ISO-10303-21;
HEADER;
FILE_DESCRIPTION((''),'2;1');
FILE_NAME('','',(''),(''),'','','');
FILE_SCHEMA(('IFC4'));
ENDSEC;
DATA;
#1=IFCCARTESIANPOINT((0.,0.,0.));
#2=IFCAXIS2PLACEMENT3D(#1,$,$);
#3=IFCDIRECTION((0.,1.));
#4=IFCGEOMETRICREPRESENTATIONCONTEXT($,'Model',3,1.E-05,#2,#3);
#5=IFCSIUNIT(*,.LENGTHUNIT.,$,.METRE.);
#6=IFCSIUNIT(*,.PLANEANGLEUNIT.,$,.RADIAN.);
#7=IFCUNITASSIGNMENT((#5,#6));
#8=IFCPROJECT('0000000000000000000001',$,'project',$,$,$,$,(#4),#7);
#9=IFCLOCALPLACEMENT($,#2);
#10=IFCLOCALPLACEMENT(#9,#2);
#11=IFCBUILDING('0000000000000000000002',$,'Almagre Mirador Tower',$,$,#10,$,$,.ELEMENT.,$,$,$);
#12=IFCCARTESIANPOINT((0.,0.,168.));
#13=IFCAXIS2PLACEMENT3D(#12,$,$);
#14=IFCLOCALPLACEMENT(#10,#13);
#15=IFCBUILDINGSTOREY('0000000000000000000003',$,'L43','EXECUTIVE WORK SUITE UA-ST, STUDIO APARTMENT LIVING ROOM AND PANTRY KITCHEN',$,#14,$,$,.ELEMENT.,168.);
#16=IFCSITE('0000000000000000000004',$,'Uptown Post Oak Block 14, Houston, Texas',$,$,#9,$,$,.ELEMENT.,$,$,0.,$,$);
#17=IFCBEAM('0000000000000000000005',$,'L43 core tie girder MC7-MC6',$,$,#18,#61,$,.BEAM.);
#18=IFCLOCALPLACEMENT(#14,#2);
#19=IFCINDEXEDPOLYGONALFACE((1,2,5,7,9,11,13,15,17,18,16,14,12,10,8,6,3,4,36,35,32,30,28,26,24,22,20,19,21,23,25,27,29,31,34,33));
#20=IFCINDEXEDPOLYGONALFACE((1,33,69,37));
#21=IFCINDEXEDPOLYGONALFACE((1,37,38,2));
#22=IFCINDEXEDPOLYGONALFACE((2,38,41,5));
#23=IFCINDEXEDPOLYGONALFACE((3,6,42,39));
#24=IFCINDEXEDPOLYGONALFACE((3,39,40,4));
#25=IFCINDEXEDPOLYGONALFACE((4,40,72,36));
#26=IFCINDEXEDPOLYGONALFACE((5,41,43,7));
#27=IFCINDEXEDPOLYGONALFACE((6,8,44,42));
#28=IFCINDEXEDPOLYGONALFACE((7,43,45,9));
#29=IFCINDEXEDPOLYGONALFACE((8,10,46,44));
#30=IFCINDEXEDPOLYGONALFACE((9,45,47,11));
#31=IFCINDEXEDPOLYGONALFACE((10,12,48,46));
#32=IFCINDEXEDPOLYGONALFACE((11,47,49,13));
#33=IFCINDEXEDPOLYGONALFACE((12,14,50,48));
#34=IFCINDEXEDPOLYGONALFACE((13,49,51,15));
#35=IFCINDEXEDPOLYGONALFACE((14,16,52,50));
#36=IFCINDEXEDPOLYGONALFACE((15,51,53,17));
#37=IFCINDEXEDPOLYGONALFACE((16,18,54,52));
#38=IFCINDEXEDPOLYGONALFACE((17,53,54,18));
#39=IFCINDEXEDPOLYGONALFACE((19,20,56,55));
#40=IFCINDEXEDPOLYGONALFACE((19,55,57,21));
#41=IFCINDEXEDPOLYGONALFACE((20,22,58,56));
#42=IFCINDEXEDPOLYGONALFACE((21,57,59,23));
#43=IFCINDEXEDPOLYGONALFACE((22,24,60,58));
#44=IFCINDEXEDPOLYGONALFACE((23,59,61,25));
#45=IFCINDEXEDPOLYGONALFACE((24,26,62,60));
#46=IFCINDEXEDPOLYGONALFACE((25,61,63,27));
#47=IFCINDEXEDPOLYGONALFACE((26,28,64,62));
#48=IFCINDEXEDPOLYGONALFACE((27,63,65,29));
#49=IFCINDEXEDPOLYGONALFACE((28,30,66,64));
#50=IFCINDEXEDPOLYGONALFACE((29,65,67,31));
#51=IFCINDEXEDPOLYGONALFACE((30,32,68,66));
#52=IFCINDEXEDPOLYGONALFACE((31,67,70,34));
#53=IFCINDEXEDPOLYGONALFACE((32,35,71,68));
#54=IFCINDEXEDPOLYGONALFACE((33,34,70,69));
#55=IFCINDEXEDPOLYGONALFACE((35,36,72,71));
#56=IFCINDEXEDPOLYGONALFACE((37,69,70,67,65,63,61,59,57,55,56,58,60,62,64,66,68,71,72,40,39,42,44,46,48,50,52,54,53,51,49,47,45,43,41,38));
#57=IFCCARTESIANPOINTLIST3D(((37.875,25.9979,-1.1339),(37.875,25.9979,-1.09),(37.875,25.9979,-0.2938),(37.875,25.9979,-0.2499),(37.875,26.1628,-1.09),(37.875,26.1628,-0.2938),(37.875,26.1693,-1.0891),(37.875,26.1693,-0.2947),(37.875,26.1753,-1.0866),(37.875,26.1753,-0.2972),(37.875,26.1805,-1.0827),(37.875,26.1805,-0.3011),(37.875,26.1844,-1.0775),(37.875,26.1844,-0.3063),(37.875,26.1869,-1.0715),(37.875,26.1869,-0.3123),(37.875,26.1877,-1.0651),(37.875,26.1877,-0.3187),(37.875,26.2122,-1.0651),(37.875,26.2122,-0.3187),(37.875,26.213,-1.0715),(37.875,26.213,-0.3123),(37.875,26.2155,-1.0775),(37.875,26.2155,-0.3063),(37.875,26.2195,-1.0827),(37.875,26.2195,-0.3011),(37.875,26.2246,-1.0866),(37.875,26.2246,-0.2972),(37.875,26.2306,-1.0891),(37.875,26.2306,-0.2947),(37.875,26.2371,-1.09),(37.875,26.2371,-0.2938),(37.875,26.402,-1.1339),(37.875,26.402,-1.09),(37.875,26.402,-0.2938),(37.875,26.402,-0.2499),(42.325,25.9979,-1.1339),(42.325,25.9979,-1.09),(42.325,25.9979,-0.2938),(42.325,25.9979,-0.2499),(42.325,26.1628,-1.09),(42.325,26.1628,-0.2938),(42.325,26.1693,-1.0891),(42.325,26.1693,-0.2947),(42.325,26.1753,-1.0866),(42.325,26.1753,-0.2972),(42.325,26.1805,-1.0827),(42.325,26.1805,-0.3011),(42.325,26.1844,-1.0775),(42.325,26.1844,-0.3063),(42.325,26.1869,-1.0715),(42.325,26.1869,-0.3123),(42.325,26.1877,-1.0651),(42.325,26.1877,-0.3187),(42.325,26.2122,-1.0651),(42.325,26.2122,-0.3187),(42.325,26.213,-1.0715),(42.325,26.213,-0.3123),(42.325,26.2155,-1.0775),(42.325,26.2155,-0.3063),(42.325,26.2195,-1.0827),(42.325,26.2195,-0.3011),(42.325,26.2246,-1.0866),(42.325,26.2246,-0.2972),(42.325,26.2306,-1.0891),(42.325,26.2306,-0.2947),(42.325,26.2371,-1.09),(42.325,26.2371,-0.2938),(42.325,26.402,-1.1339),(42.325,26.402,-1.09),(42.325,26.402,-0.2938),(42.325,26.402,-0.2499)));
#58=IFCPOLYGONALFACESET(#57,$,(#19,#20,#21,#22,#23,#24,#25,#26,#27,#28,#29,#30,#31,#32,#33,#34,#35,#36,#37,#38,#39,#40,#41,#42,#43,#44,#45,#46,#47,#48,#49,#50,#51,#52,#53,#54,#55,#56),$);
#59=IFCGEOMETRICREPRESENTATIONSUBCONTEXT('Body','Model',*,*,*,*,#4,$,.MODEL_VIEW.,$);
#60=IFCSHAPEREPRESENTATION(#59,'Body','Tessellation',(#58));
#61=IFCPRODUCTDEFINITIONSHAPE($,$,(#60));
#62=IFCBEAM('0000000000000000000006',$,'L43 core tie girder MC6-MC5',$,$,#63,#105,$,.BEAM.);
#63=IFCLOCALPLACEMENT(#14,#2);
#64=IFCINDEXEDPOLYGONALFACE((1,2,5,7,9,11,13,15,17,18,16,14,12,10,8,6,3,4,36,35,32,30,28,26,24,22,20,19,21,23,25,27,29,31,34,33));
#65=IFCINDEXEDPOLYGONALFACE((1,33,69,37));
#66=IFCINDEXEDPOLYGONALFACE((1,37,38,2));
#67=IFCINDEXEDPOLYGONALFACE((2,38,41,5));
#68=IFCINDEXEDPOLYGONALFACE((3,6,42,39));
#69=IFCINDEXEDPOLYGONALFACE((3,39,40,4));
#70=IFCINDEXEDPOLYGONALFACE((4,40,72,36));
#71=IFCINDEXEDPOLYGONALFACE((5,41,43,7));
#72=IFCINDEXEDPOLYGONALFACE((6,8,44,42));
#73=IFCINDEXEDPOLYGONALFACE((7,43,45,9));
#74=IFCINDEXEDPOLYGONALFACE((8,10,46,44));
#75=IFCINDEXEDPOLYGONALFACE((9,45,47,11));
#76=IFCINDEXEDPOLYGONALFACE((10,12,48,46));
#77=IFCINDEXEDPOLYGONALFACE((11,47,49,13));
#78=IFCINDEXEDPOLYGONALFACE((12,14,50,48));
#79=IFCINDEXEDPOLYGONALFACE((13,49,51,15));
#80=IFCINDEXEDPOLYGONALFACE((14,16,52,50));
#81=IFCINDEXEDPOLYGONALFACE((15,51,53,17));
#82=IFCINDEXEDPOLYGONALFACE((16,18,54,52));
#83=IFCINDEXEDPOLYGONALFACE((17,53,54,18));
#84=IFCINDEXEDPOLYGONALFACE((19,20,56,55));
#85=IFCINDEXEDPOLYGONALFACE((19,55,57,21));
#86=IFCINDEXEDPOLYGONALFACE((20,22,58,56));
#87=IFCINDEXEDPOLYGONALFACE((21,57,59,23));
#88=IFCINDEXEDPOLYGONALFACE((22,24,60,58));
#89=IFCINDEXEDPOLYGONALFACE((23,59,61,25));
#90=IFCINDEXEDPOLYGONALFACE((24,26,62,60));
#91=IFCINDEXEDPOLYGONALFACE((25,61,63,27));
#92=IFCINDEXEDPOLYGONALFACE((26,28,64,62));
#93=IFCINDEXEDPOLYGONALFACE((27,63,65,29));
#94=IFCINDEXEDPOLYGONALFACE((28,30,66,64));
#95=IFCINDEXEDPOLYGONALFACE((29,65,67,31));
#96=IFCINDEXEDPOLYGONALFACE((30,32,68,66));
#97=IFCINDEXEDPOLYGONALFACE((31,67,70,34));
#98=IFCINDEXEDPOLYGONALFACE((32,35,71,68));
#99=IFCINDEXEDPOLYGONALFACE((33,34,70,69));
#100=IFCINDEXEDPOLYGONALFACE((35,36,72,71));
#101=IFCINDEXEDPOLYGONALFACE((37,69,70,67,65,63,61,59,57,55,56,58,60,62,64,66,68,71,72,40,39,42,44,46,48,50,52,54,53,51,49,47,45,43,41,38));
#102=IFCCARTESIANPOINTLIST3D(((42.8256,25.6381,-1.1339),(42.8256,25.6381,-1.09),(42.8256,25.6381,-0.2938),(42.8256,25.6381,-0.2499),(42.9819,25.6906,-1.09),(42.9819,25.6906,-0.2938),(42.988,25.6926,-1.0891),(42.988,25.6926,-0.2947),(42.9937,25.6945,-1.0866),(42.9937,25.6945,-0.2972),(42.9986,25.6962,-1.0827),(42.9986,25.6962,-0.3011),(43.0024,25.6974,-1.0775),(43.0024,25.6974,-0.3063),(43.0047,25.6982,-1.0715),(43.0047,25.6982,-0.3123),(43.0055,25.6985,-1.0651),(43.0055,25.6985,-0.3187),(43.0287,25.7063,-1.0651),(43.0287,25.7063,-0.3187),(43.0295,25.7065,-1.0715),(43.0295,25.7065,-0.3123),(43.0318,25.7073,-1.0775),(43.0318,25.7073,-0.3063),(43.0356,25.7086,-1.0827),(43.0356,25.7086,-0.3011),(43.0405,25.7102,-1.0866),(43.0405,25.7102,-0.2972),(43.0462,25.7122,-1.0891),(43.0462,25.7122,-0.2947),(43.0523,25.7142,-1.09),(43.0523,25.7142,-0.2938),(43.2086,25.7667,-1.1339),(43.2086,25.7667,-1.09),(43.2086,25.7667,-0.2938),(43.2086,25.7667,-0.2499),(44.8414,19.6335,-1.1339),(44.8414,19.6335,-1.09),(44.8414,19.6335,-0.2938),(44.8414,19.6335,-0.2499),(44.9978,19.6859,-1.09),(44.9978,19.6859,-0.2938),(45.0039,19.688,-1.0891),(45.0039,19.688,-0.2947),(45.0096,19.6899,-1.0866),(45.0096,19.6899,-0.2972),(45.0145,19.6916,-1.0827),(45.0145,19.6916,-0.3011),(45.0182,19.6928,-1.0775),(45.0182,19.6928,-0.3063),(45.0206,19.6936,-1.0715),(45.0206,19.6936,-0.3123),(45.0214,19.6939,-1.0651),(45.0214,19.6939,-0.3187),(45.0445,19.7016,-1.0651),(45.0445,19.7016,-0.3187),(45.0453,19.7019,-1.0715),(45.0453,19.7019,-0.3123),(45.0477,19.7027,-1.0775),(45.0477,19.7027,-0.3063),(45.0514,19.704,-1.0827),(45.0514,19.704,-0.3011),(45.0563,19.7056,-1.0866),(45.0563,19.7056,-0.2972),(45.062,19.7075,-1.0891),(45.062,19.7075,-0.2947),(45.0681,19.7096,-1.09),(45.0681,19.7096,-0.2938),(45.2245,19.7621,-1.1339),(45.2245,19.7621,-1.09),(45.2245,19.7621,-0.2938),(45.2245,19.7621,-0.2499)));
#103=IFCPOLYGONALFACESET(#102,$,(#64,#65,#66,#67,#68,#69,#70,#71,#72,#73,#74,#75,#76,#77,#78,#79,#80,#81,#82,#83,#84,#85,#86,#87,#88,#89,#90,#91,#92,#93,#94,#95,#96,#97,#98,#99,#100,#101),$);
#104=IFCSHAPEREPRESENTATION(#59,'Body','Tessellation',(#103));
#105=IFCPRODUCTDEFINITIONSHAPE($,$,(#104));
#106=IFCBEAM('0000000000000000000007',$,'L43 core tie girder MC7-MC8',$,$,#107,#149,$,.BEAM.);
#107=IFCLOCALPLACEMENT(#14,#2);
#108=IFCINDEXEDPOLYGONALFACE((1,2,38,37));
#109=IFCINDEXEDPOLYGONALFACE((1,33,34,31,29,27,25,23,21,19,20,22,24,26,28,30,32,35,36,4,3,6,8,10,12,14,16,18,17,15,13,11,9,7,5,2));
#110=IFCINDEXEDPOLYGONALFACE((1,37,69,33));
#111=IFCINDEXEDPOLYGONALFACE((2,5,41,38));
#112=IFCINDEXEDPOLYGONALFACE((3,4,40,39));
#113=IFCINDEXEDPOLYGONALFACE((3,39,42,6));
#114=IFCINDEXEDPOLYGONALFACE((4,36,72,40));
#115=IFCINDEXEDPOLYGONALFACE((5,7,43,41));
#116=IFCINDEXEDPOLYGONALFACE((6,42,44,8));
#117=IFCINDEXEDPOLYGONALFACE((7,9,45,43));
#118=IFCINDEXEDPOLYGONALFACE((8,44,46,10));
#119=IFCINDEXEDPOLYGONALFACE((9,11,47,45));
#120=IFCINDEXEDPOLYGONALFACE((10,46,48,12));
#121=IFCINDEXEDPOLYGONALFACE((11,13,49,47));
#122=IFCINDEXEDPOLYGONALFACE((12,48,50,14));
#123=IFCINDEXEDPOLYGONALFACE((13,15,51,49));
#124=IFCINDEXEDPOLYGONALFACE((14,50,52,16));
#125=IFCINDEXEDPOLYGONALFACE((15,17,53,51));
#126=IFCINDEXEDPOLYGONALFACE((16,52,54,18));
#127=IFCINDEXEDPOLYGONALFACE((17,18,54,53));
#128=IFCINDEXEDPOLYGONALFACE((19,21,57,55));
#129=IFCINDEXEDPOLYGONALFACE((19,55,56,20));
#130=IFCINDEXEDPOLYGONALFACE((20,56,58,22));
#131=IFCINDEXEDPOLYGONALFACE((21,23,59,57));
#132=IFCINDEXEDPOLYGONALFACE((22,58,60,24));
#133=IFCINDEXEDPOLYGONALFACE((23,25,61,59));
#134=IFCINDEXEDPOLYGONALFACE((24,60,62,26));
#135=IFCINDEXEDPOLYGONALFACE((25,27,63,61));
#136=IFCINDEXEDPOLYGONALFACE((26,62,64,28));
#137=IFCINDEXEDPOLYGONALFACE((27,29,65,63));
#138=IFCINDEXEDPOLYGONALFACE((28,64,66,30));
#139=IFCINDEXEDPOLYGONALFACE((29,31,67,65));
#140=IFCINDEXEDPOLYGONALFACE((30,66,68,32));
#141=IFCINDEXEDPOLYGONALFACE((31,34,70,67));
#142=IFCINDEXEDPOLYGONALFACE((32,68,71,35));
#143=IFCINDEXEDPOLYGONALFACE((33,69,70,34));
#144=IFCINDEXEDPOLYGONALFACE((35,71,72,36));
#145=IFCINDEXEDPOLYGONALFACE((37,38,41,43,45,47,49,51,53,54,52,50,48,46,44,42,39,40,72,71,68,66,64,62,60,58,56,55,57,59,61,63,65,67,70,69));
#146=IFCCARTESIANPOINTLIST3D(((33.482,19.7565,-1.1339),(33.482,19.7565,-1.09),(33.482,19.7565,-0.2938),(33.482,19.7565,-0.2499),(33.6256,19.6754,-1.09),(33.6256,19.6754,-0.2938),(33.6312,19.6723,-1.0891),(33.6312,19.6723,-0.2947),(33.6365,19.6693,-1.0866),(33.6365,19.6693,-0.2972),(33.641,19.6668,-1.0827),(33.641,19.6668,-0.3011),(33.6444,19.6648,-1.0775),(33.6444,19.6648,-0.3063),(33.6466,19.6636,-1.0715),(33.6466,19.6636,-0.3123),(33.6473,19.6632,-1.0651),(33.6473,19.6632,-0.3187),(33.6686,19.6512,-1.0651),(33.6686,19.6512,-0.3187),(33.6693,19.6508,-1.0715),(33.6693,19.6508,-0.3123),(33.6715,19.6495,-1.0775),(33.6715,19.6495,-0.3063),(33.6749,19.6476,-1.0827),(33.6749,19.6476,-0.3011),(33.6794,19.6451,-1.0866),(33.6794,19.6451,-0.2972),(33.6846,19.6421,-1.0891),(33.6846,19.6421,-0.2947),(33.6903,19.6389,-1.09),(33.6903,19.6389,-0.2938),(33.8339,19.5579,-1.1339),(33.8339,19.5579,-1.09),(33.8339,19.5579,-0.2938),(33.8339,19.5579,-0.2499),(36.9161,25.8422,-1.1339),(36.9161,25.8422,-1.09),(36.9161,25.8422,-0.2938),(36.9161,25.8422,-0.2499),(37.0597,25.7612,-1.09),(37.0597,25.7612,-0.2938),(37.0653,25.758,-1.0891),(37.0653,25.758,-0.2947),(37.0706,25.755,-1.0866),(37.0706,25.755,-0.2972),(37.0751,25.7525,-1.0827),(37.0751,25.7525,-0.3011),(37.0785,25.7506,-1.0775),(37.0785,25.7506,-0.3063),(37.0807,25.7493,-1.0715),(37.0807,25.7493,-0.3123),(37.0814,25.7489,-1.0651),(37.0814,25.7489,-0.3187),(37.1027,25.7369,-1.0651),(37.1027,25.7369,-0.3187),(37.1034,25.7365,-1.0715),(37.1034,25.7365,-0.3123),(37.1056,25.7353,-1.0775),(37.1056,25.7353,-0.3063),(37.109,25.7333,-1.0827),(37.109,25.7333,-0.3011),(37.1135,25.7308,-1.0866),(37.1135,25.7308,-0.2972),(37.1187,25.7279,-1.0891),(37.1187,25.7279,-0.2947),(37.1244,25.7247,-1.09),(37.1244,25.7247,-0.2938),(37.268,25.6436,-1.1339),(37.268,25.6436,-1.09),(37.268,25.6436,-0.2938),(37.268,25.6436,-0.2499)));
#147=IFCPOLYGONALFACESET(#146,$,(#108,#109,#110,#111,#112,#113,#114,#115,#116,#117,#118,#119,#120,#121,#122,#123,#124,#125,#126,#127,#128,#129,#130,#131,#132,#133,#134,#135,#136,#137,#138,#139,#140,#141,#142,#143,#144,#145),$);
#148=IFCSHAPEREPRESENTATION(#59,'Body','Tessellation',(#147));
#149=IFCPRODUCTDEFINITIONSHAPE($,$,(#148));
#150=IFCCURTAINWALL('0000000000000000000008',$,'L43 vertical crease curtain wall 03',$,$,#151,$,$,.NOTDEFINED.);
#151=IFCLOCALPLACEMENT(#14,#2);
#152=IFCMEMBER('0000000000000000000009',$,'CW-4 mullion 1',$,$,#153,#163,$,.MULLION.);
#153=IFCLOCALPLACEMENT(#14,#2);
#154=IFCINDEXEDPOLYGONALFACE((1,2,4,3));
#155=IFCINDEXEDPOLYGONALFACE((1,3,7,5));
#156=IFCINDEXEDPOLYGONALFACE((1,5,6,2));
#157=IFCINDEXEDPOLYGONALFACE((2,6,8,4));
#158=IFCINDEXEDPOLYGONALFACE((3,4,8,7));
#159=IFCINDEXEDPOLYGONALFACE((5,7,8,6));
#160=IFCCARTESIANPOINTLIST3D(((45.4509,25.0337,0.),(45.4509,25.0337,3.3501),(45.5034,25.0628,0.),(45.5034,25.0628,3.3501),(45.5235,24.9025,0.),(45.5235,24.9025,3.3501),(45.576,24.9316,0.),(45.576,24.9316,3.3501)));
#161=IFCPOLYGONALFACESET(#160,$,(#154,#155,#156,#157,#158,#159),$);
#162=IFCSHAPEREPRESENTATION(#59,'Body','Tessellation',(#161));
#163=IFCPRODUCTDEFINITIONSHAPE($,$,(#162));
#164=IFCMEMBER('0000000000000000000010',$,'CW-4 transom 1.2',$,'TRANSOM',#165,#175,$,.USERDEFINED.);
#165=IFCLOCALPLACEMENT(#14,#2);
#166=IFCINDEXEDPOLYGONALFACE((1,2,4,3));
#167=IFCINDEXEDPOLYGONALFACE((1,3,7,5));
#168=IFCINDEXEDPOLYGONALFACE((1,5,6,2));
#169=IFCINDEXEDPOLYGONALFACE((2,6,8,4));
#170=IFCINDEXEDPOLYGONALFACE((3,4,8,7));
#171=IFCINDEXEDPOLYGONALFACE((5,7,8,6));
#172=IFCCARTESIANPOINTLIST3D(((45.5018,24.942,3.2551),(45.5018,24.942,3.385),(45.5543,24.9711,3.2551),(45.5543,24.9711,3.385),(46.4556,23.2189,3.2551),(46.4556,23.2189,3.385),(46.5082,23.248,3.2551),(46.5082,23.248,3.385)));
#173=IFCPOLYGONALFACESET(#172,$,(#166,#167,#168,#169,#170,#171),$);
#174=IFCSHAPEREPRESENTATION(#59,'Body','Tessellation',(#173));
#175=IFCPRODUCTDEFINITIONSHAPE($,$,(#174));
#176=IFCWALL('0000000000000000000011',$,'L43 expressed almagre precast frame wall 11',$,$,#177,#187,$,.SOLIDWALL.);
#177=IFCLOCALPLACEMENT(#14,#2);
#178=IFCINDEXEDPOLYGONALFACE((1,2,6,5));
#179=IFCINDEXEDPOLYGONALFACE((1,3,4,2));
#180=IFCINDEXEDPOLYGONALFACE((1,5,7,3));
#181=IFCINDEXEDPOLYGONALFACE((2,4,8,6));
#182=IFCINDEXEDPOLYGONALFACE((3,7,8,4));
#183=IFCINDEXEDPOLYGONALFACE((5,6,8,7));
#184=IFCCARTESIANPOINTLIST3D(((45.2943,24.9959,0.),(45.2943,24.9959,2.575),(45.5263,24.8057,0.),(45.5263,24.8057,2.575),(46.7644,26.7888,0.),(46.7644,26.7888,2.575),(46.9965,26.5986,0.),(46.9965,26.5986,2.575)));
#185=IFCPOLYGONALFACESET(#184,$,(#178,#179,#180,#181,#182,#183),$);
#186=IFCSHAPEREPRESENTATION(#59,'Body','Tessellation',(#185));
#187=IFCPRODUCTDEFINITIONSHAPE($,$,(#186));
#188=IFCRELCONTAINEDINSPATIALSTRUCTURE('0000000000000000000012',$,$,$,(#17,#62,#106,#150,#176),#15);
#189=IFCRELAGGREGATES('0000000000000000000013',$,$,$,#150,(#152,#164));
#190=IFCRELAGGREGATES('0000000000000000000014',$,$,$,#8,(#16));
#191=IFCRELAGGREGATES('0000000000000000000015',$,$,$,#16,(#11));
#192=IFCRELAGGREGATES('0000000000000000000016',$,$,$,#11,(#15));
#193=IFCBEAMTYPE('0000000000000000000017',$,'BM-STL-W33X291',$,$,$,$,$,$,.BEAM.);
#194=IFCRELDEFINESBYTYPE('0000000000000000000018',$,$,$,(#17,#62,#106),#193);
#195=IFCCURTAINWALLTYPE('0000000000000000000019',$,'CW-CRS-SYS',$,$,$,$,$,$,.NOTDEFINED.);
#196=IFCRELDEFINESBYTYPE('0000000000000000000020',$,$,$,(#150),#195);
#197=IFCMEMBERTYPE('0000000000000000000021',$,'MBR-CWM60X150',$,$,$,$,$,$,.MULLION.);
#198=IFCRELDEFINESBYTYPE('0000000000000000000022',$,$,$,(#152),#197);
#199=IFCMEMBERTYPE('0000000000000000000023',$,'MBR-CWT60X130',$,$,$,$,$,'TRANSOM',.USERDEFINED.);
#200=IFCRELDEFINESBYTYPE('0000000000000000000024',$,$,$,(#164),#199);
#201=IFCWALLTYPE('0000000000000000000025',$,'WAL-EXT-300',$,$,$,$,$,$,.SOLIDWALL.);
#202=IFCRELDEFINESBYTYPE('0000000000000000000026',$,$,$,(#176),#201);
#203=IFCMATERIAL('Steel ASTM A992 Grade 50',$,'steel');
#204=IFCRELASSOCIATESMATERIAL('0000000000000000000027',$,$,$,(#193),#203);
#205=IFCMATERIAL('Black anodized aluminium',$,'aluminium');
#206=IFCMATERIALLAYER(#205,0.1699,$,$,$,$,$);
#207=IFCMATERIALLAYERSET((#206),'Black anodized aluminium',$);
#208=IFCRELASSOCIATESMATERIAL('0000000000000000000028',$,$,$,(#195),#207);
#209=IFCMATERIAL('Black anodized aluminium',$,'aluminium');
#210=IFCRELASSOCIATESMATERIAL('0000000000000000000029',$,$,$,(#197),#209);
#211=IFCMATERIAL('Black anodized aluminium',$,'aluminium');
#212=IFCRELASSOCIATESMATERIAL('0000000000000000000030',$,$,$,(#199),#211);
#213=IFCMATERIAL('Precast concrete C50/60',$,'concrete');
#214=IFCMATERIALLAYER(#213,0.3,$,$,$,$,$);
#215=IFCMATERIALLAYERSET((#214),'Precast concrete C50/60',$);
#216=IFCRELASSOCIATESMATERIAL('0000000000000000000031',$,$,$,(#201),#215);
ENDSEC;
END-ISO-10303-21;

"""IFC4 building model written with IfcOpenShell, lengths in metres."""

from ifc_helpers import new_model, si_unit, direction, frame, frame_2d, origin, origin_2d, place, context, subcontext, project, spatial, rectangle, i_section, extrude, material, layer, layer_set, material_profile, profile_set, type_object, element, aggregate, save


model = new_model("IFC4")

# Units and contexts
model_context = context("Model", 3, precision=1e-05, world=origin(), true_north=direction((0.0, 1.0)))
body_context = subcontext(model_context, "Body", "Model", "MODEL_VIEW")
ifc_project = project(units=[si_unit("LENGTHUNIT", "METRE"), si_unit("PLANEANGLEUNIT", "RADIAN")], contexts=[model_context])

# Site, building, storey
site_placement = place(None, origin())
site = spatial("IfcSite", under=ifc_project, at=site_placement, Name="Uptown Post Oak Block 14, Houston, Texas", CompositionType="ELEMENT", RefElevation=0.0)
building_placement = place(site_placement, origin())
building = spatial("IfcBuilding", under=site, at=building_placement, Name="Almagre Mirador Tower", CompositionType="ELEMENT")
storey_placement = place(building_placement, frame((0.0, 0.0, 168.0)))
storey = spatial("IfcBuildingStorey", under=building, at=storey_placement, Name="L43", Description="EXECUTIVE WORK SUITE UA-ST, STUDIO APARTMENT LIVING ROOM AND PANTRY KITCHEN", CompositionType="ELEMENT", Elevation=168.0)

# Beams
ifc_material_1 = material(Name="Steel ASTM A992 Grade 50", Category="steel")
ifc_material_profile_1 = material_profile(ifc_material_1, i_section(OverallWidth=0.4041, OverallDepth=0.884, WebThickness=0.0244, FlangeThickness=0.0439, FilletRadius=0.0249, at=origin_2d()), Name="W33X291")
ifc_profile_set_1 = profile_set([ifc_material_profile_1], Name="Steel ASTM A992 Grade 50")
beam_type_1 = type_object("IfcBeamType", Name="BM-STL-W33X291", PredefinedType="BEAM", material=ifc_profile_set_1)
beam_1_placement = place(storey_placement, frame((37.875, 26.2, -0.6919), z_axis=(1.0, 0.0, 0.0), x_axis=(0.0, 1.0, 0.0)))
element("IfcBeam", 1, at=beam_1_placement, inside=storey, type_object=beam_type_1, Name="L43 core tie girder MC7-MC6", PredefinedType="BEAM", context=body_context, shape_type="SweptSolid", body=[
    extrude(i_section(OverallWidth=0.4041, OverallDepth=0.884, WebThickness=0.0244, FlangeThickness=0.0439, FilletRadius=0.0249, at=origin_2d()), origin(), (0.0, 0.0, 1.0), 4.45),
])
beam_2_placement = place(storey_placement, frame((43.0171, 25.7024, -0.6919), z_axis=(0.318262, -0.948003, 0.0), x_axis=(0.948003, 0.318262, 0.0)))
element("IfcBeam", 2, at=beam_2_placement, inside=storey, type_object=beam_type_1, Name="L43 core tie girder MC6-MC5", PredefinedType="BEAM", context=body_context, shape_type="SweptSolid", body=[
    extrude(i_section(OverallWidth=0.4041, OverallDepth=0.884, WebThickness=0.0244, FlangeThickness=0.0439, FilletRadius=0.0249, at=origin_2d()), origin(), (0.0, 0.0, 1.0), 6.334),
])
beam_3_placement = place(storey_placement, frame((37.092, 25.7429, -0.6919), z_axis=(-0.491444, -0.870909, 0.0), x_axis=(0.870909, -0.491444, 0.0)))
element("IfcBeam", 3, at=beam_3_placement, inside=storey, type_object=beam_type_1, Name="L43 core tie girder MC7-MC8", PredefinedType="BEAM", context=body_context, shape_type="SweptSolid", body=[
    extrude(i_section(OverallWidth=0.4041, OverallDepth=0.884, WebThickness=0.0244, FlangeThickness=0.0439, FilletRadius=0.0249, at=origin_2d()), origin(), (0.0, 0.0, 1.0), 6.9878),
])

# Curtain wall, members
ifc_material_2 = material(Name="Black anodized aluminium", Category="aluminium")
ifc_layer_1 = layer(ifc_material_2, 0.1699)
ifc_layer_set_1 = layer_set([ifc_layer_1], Name="Black anodized aluminium")
curtain_wall_type = type_object("IfcCurtainWallType", Name="CW-CRS-SYS", PredefinedType="NOTDEFINED", material=ifc_layer_set_1)
curtain_wall_placement = place(storey_placement, origin())
curtain_wall = element("IfcCurtainWall", 4, at=curtain_wall_placement, inside=storey, type_object=curtain_wall_type, Name="L43 vertical crease curtain wall 03", PredefinedType="NOTDEFINED")
ifc_material_3 = material(Name="Black anodized aluminium", Category="aluminium")
ifc_material_profile_2 = material_profile(ifc_material_3, rectangle(XDim=0.0601, YDim=0.1499, at=origin_2d()), Name="CWM60X150")
ifc_profile_set_2 = profile_set([ifc_material_profile_2], Name="Black anodized aluminium")
member_type_1 = type_object("IfcMemberType", Name="MBR-CWM60X150", PredefinedType="MULLION", material=ifc_profile_set_2)
member_1_placement = place(storey_placement, frame((45.5134, 24.9827, 0.0), z_axis=(0.0, 0.0, 1.0), x_axis=(0.874879, 0.484342, 0.0)))
member_1 = element("IfcMember", 5, at=member_1_placement, type_object=member_type_1, Name="CW-4 mullion 1", PredefinedType="MULLION", context=body_context, shape_type="SweptSolid", body=[
    extrude(rectangle(XDim=0.0601, YDim=0.1499, at=origin_2d()), origin(), (0.0, 0.0, 1.0), 3.3501),
])
ifc_material_4 = material(Name="Black anodized aluminium", Category="aluminium")
ifc_material_profile_3 = material_profile(ifc_material_4, rectangle(XDim=0.0601, YDim=0.1299, at=origin_2d()), Name="CWT60X130")
ifc_profile_set_3 = profile_set([ifc_material_profile_3], Name="Black anodized aluminium")
member_type_2 = type_object("IfcMemberType", Name="MBR-CWT60X130", ElementType="TRANSOM", PredefinedType="USERDEFINED", material=ifc_profile_set_3)
member_2_placement = place(storey_placement, frame((45.5281, 24.9565, 3.3201), z_axis=(0.484306, -0.874899, 0.0), x_axis=(0.874899, 0.484306, 0.0)))
member_2 = element("IfcMember", 6, at=member_2_placement, type_object=member_type_2, Name="CW-4 transom 1.2", ObjectType="TRANSOM", PredefinedType="USERDEFINED", context=body_context, shape_type="SweptSolid", body=[
    extrude(rectangle(XDim=0.0601, YDim=0.1299, at=origin_2d()), origin(), (0.0, 0.0, 1.0), 1.9695),
])
aggregate(curtain_wall, [member_1, member_2])

# Wall
ifc_material_5 = material(Name="Precast concrete C50/60", Category="concrete")
ifc_layer_2 = layer(ifc_material_5, 0.3)
ifc_layer_set_2 = layer_set([ifc_layer_2], Name="Precast concrete C50/60")
wall_type_1 = type_object("IfcWallType", Name="WAL-EXT-300", PredefinedType="SOLIDWALL", material=ifc_layer_set_2)
wall_1_placement = place(storey_placement, frame((46.8804, 26.6936, 0.0), z_axis=(0.0, 0.0, 1.0), x_axis=(-0.634075, -0.773272, 0.0)))
element("IfcWall", 7, at=wall_1_placement, inside=storey, type_object=wall_type_1, Name="L43 expressed almagre precast frame wall 11", PredefinedType="SOLIDWALL", context=body_context, shape_type="SweptSolid", body=[
    extrude(rectangle(XDim=2.3186, YDim=0.3, at=frame_2d((1.1592, 0.0))), origin(), (0.0, 0.0, 1.0), 2.575),
])

save(model, "model.ifc")
